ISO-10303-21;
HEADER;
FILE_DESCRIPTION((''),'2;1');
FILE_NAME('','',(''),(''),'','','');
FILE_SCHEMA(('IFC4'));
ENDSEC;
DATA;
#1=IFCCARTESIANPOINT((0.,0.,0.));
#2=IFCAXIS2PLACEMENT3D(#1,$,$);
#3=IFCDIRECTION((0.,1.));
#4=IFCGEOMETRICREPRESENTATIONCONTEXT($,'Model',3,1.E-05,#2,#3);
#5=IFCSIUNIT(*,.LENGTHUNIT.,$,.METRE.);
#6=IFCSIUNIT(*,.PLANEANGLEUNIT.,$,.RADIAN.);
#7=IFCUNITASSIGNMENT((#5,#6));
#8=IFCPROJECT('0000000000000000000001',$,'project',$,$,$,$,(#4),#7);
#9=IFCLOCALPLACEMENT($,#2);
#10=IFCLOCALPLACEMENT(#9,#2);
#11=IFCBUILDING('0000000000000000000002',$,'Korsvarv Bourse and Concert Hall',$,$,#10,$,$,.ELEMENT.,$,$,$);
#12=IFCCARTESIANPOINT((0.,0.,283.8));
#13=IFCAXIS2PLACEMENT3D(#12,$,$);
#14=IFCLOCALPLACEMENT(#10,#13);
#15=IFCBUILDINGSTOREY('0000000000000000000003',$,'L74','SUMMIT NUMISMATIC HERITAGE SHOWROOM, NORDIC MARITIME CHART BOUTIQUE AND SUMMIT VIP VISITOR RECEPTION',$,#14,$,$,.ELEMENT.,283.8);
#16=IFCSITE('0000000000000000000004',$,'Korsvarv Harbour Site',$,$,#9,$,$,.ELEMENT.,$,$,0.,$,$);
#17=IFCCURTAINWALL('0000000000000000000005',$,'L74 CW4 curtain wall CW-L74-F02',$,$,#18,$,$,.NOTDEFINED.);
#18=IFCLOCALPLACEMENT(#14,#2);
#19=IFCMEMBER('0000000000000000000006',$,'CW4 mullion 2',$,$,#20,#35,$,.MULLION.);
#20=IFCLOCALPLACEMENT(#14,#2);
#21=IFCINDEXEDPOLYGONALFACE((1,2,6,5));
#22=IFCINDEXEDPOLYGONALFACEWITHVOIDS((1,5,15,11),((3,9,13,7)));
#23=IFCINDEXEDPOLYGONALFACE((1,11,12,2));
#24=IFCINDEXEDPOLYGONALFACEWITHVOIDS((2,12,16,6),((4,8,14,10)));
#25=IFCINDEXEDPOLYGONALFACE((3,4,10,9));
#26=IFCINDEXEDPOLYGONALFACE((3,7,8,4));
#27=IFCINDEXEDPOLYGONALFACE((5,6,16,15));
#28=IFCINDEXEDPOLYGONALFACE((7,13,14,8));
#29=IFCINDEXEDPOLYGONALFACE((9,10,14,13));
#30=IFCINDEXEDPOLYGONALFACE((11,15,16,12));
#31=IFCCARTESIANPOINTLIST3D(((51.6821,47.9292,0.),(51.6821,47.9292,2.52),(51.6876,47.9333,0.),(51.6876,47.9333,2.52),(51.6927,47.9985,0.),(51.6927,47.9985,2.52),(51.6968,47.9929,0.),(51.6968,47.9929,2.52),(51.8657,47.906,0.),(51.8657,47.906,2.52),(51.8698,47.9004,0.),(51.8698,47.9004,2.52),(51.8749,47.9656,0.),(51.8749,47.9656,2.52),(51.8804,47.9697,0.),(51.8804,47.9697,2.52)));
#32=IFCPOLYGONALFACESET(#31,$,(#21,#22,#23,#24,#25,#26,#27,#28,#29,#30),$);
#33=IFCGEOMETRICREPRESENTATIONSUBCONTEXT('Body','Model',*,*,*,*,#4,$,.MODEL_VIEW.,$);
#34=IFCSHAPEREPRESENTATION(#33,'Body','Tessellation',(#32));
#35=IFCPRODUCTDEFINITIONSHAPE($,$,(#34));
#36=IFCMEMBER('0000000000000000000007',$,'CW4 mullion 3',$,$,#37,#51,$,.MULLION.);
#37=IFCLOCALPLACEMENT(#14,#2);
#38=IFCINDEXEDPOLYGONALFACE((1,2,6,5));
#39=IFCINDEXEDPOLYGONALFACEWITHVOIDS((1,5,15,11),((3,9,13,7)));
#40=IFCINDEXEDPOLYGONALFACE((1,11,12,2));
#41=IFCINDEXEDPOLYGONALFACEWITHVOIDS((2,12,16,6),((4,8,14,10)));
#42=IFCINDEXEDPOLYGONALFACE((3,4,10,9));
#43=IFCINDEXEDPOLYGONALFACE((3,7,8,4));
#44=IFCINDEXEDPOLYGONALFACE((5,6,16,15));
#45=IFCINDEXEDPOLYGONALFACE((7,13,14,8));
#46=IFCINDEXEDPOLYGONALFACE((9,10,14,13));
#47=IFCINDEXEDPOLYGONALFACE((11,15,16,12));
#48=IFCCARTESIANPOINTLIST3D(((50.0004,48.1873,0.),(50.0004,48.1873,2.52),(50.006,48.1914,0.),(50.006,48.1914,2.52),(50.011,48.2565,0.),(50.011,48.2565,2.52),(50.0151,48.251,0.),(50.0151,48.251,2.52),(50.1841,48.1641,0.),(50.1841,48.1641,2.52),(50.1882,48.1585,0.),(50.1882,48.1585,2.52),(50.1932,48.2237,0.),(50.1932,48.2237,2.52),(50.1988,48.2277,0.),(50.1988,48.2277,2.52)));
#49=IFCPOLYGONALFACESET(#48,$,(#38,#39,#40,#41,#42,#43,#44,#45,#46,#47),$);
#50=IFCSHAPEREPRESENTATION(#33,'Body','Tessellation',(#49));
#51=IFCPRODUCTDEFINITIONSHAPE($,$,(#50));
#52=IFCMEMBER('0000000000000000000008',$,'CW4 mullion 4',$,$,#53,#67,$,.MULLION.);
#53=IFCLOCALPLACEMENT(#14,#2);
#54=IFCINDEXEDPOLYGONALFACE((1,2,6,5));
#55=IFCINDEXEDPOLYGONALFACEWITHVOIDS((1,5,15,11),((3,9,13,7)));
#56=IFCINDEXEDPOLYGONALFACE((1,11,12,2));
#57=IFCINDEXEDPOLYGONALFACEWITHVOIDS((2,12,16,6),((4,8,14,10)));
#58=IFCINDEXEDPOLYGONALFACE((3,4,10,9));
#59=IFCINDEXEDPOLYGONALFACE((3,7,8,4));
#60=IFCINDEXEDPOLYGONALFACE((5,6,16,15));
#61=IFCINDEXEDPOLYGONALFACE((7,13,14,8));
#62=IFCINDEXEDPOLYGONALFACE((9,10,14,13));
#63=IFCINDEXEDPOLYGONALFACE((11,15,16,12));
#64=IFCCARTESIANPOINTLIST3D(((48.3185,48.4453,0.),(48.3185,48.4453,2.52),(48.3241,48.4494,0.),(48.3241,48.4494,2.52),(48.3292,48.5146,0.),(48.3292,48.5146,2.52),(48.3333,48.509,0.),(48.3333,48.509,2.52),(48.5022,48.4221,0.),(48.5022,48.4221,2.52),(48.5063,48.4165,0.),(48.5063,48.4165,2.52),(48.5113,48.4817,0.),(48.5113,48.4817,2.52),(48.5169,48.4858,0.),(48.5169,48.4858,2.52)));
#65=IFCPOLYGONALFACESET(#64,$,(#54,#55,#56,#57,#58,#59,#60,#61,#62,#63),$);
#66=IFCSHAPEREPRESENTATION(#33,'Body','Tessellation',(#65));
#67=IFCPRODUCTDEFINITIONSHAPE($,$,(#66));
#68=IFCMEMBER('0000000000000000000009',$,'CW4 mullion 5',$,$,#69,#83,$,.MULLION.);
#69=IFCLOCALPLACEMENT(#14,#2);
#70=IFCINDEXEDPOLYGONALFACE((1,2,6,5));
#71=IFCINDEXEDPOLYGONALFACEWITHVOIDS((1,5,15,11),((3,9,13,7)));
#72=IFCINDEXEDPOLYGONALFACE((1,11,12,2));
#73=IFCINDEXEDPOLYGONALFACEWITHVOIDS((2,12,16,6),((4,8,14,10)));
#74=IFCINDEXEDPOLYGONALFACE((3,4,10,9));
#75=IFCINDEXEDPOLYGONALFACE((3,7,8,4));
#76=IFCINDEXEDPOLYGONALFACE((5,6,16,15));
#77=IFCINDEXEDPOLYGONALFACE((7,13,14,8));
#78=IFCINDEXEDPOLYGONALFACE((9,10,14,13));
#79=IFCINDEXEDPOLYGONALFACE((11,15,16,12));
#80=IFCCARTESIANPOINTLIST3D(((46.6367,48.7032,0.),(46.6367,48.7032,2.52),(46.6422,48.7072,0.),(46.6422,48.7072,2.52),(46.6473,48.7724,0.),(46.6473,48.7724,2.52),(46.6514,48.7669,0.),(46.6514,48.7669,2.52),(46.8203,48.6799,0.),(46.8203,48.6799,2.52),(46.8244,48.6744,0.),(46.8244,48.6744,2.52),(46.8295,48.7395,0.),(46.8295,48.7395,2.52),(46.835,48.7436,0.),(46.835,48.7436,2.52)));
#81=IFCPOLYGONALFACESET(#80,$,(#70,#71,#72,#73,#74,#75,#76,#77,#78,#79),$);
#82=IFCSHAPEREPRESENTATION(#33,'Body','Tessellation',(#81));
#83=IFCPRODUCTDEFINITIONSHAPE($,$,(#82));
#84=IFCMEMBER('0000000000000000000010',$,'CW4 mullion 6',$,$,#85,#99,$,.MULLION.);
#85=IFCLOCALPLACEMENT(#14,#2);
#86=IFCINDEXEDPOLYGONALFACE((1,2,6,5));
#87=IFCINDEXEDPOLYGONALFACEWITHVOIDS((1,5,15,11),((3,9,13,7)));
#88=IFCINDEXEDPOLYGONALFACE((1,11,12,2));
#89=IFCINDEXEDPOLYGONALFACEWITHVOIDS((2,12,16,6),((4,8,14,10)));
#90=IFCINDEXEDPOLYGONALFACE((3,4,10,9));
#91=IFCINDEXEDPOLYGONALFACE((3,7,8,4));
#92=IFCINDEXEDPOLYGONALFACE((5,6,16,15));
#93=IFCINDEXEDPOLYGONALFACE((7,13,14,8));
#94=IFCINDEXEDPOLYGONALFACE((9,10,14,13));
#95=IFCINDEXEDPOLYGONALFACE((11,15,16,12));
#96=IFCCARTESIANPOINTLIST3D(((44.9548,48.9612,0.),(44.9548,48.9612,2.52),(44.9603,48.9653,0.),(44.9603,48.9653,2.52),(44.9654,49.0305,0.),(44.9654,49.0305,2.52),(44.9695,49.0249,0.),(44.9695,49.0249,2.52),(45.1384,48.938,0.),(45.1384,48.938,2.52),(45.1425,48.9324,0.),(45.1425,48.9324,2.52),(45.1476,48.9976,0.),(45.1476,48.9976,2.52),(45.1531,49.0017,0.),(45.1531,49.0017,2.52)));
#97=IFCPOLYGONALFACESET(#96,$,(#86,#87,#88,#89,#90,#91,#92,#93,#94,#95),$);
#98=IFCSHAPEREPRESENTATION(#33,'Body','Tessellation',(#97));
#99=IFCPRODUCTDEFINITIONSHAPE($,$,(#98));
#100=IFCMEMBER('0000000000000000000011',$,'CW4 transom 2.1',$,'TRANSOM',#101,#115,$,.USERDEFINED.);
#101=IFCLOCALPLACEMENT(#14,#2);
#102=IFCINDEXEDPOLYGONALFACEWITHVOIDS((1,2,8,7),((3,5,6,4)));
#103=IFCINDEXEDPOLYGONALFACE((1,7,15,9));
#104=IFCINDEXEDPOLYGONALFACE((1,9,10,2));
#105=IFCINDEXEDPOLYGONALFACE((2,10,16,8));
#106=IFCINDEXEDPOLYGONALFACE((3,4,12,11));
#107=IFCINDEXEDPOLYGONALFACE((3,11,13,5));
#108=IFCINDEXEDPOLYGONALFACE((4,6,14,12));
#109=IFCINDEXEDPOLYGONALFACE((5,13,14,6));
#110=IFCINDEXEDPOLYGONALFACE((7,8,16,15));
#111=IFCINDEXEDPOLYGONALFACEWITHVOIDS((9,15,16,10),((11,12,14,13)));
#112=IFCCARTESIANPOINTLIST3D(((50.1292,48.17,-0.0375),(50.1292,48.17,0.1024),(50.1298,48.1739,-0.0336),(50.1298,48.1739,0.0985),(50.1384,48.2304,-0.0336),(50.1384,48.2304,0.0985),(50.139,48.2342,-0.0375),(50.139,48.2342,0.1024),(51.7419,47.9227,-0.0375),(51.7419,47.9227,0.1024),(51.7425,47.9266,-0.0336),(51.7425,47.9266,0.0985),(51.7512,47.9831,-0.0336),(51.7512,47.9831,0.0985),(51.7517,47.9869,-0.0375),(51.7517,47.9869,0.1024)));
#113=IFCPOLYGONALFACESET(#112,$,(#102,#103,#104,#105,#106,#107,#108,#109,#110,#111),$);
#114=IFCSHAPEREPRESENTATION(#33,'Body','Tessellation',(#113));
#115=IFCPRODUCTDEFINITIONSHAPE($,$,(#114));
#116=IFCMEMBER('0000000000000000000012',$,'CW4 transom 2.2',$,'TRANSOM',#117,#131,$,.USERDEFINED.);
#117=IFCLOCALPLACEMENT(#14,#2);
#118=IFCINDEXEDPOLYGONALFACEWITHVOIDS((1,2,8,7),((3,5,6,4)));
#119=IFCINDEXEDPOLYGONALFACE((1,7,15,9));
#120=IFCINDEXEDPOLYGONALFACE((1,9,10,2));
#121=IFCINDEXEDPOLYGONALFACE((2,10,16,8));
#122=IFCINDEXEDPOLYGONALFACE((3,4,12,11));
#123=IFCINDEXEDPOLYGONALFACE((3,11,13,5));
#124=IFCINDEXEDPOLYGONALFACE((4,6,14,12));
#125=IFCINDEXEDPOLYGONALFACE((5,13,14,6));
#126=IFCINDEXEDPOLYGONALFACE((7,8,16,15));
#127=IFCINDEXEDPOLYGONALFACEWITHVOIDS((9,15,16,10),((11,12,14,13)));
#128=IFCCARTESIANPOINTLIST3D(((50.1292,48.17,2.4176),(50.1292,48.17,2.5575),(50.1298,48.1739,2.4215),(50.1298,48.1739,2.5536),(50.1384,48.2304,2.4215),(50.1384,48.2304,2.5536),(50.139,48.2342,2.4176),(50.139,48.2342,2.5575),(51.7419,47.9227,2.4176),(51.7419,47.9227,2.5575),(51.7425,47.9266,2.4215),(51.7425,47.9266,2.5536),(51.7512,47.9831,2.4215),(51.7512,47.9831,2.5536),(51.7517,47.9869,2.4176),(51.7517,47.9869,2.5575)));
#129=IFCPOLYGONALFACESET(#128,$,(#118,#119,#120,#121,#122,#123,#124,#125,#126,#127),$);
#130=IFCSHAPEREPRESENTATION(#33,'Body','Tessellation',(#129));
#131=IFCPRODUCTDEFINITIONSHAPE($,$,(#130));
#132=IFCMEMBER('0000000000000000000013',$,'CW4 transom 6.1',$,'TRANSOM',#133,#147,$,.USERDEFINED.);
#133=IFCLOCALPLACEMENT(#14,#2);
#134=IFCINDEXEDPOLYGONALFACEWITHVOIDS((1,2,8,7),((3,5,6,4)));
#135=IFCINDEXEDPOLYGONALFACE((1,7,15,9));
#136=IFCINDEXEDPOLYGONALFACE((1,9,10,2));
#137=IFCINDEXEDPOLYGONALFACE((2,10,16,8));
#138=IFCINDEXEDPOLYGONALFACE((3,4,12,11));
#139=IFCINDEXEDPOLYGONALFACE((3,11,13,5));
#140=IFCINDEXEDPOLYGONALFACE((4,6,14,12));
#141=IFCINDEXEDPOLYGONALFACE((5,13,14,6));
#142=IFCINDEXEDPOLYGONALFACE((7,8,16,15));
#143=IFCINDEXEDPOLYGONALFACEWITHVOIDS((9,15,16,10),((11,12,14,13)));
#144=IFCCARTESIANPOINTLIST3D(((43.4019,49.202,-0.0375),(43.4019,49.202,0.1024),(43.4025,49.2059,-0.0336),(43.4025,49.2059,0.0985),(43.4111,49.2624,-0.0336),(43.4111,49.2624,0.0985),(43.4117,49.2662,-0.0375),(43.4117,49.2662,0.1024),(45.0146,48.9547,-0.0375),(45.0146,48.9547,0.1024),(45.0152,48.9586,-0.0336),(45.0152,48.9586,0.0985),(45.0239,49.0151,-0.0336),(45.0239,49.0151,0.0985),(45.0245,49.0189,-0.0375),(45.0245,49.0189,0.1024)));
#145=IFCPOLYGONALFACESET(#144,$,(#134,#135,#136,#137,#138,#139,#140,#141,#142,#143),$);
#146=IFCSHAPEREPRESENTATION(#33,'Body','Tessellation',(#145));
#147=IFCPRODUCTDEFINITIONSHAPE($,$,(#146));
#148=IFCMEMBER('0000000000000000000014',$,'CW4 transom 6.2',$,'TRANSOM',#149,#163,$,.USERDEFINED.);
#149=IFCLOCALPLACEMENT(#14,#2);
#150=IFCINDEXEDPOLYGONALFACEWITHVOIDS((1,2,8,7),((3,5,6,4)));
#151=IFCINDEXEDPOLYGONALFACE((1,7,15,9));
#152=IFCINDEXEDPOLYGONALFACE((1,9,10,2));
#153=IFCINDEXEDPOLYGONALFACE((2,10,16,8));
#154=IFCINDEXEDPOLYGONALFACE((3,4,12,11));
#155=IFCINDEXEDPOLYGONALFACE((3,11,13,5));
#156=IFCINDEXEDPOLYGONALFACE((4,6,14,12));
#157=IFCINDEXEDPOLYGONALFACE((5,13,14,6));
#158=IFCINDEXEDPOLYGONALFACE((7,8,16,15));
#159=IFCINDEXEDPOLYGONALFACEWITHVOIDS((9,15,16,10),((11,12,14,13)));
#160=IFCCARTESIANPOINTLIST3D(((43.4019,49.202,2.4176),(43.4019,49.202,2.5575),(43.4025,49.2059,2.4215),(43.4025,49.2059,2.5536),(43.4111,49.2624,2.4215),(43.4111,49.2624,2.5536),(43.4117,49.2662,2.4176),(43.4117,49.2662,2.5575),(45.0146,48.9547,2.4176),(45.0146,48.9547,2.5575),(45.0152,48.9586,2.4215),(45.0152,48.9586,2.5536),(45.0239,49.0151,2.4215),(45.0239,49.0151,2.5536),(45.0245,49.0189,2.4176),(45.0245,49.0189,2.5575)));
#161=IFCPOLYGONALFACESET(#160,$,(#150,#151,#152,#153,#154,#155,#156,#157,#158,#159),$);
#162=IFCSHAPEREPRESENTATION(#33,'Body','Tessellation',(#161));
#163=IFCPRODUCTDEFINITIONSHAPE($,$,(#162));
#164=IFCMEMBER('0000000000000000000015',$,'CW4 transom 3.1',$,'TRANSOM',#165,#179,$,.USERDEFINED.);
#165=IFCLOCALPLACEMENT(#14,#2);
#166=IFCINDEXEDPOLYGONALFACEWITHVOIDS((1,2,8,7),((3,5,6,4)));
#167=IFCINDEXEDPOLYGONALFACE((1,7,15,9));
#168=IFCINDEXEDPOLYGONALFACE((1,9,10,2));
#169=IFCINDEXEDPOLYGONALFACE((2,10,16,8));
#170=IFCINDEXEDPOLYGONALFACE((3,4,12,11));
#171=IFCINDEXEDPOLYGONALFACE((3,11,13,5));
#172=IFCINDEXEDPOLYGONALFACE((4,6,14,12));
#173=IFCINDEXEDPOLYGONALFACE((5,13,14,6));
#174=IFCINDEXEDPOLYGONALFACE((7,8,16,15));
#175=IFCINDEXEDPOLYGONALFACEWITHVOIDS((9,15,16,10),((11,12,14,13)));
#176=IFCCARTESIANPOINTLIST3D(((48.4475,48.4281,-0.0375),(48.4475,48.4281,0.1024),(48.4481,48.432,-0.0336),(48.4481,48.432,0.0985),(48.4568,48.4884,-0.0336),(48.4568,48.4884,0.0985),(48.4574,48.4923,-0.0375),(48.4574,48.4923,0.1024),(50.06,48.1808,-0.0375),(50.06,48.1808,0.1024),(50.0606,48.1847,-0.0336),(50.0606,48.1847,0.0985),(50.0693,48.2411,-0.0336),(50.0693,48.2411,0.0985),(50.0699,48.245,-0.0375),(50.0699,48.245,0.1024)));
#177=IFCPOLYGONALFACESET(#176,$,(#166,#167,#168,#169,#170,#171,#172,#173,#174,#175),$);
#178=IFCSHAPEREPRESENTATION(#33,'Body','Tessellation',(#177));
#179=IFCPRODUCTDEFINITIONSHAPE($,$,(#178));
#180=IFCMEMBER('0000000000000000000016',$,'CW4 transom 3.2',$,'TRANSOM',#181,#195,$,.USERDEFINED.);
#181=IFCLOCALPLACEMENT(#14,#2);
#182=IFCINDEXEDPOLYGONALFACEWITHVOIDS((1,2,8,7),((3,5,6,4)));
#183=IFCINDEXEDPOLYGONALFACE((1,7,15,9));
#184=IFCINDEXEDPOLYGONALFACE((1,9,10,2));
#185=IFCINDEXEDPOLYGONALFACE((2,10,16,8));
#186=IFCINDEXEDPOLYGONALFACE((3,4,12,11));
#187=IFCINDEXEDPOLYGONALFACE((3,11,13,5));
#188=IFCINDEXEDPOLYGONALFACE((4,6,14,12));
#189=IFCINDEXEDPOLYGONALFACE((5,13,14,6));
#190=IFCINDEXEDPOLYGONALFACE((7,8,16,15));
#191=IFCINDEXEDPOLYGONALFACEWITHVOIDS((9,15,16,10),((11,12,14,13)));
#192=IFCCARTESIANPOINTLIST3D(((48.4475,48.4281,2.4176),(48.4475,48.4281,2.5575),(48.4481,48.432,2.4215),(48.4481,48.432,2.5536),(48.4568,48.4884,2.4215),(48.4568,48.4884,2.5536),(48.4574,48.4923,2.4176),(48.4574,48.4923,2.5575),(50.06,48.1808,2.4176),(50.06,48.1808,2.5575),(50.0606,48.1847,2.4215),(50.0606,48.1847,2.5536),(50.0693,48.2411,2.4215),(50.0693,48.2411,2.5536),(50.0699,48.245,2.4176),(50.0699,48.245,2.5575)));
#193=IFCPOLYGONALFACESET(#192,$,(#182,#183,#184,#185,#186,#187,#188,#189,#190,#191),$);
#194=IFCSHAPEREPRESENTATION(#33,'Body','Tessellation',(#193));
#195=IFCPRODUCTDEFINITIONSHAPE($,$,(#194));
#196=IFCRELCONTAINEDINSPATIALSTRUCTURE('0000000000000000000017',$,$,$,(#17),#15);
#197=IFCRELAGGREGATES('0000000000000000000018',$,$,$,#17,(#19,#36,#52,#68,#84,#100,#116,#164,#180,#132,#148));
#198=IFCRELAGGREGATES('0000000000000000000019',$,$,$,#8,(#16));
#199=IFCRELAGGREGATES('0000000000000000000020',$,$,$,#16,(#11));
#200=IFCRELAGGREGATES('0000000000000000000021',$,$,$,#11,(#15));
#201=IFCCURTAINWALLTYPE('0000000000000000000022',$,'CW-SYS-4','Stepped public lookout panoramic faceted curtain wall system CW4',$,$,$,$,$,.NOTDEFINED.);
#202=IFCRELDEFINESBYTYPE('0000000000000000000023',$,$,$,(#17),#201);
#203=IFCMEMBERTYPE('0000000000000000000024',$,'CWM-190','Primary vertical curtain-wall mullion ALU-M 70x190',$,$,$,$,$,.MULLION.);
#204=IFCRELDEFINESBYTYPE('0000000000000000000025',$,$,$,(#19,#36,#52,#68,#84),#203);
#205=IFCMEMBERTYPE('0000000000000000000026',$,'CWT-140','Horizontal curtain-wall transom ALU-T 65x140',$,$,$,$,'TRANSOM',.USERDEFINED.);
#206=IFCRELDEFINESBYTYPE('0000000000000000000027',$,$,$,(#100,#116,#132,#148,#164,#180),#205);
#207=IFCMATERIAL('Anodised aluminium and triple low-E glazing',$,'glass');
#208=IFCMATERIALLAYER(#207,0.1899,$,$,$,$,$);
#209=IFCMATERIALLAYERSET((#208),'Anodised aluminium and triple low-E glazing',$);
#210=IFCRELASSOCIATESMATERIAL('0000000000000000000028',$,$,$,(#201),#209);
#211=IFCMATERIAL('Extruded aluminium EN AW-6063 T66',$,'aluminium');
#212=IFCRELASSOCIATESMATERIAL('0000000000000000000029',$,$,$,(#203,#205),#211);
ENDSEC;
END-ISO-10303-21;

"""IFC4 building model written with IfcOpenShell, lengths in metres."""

from ifc_helpers import new_model, si_unit, direction, frame, origin, origin_2d, place, context, subcontext, project, spatial, hollow_rectangle, extrude, source, transform, mapped, material, layer, layer_set, material_profile, profile_set, type_object, element, aggregate, save


model = new_model("IFC4")

# Units and contexts
model_context = context("Model", 3, precision=1e-05, world=origin(), true_north=direction((0.0, 1.0)))
body_context = subcontext(model_context, "Body", "Model", "MODEL_VIEW")
ifc_project = project(units=[si_unit("LENGTHUNIT", "METRE"), si_unit("PLANEANGLEUNIT", "RADIAN")], contexts=[model_context])

# Site, building, storey
site_placement = place(None, origin())
site = spatial("IfcSite", under=ifc_project, at=site_placement, Name="Korsvarv Harbour Site", CompositionType="ELEMENT", RefElevation=0.0)
building_placement = place(site_placement, origin())
building = spatial("IfcBuilding", under=site, at=building_placement, Name="Korsvarv Bourse and Concert Hall", CompositionType="ELEMENT")
storey_placement = place(building_placement, frame((0.0, 0.0, 283.8)))
storey = spatial("IfcBuildingStorey", under=building, at=storey_placement, Name="L74", Description="SUMMIT NUMISMATIC HERITAGE SHOWROOM, NORDIC MARITIME CHART BOUTIQUE AND SUMMIT VIP VISITOR RECEPTION", CompositionType="ELEMENT", Elevation=283.8)

# Curtain wall, members
ifc_material_1 = material(Name="Anodised aluminium and triple low-E glazing", Category="glass")
ifc_layer_1 = layer(ifc_material_1, 0.1899)
ifc_layer_set_1 = layer_set([ifc_layer_1], Name="Anodised aluminium and triple low-E glazing")
curtain_wall_type = type_object("IfcCurtainWallType", Name="CW-SYS-4", Description="Stepped public lookout panoramic faceted curtain wall system CW4", PredefinedType="NOTDEFINED", material=ifc_layer_set_1)
curtain_wall_placement = place(storey_placement, origin())
curtain_wall = element("IfcCurtainWall", 1, at=curtain_wall_placement, inside=storey, type_object=curtain_wall_type, Name="L74 CW4 curtain wall CW-L74-F02", PredefinedType="NOTDEFINED")
ifc_material_2 = material(Name="Extruded aluminium EN AW-6063 T66", Category="aluminium")
ifc_material_profile_1 = material_profile(ifc_material_2, hollow_rectangle(XDim=0.0701, YDim=0.1899, WallThickness=0.0049, at=origin_2d()), Name="ALU-M 70x190")
ifc_profile_set_1 = profile_set([ifc_material_profile_1], Name="Extruded aluminium EN AW-6063 T66")
member_type_1 = type_object("IfcMemberType", Name="CWM-190", Description="Primary vertical curtain-wall mullion ALU-M 70x190", PredefinedType="MULLION", material=ifc_profile_set_1)
shared_shape_1 = source(origin(), body_context, "Body", "SweptSolid", [
    extrude(hollow_rectangle(XDim=0.0701, YDim=0.1899, WallThickness=0.0049, at=origin_2d()), origin(), (0.0, 0.0, 1.0), 2.52),
])
member_1_placement = place(storey_placement, frame((51.7812, 47.9495, 0.0), z_axis=(0.0, 0.0, 1.0), x_axis=(-0.151631, -0.988437, 0.0)))
member_1 = element("IfcMember", 2, at=member_1_placement, type_object=member_type_1, Name="CW4 mullion 2", PredefinedType="MULLION", context=body_context, shape_type="MappedRepresentation", body=[
    mapped(shared_shape_1, transform((0.0, 0.0, 0.0), scale=1.0)),
])
member_2_placement = place(storey_placement, frame((50.0996, 48.2075, 0.0), z_axis=(0.0, 0.0, 1.0), x_axis=(-0.151631, -0.988437, 0.0)))
member_2 = element("IfcMember", 3, at=member_2_placement, type_object=member_type_1, Name="CW4 mullion 3", PredefinedType="MULLION", context=body_context, shape_type="MappedRepresentation", body=[
    mapped(shared_shape_1, transform((0.0, 0.0, 0.0), scale=1.0)),
])
member_3_placement = place(storey_placement, frame((48.4177, 48.4656, 0.0), z_axis=(0.0, 0.0, 1.0), x_axis=(-0.151631, -0.988437, 0.0)))
member_3 = element("IfcMember", 4, at=member_3_placement, type_object=member_type_1, Name="CW4 mullion 4", PredefinedType="MULLION", context=body_context, shape_type="MappedRepresentation", body=[
    mapped(shared_shape_1, transform((0.0, 0.0, 0.0), scale=1.0)),
])
member_4_placement = place(storey_placement, frame((46.7358, 48.7234, 0.0), z_axis=(0.0, 0.0, 1.0), x_axis=(-0.151631, -0.988437, 0.0)))
member_4 = element("IfcMember", 5, at=member_4_placement, type_object=member_type_1, Name="CW4 mullion 5", PredefinedType="MULLION", context=body_context, shape_type="MappedRepresentation", body=[
    mapped(shared_shape_1, transform((0.0, 0.0, 0.0), scale=1.0)),
])
member_5_placement = place(storey_placement, frame((45.054, 48.9814, 0.0), z_axis=(0.0, 0.0, 1.0), x_axis=(-0.151631, -0.988437, 0.0)))
member_5 = element("IfcMember", 6, at=member_5_placement, type_object=member_type_1, Name="CW4 mullion 6", PredefinedType="MULLION", context=body_context, shape_type="MappedRepresentation", body=[
    mapped(shared_shape_1, transform((0.0, 0.0, 0.0), scale=1.0)),
])
ifc_material_profile_2 = material_profile(ifc_material_2, hollow_rectangle(XDim=0.0649, YDim=0.1399, WallThickness=0.0039, at=origin_2d()), Name="ALU-T 65x140")
ifc_profile_set_2 = profile_set([ifc_material_profile_2], Name="Extruded aluminium EN AW-6063 T66")
member_type_2 = type_object("IfcMemberType", Name="CWT-140", Description="Horizontal curtain-wall transom ALU-T 65x140", ElementType="TRANSOM", PredefinedType="USERDEFINED", material=ifc_profile_set_2)
shared_shape_2 = source(origin(), body_context, "Body", "SweptSolid", [
    extrude(hollow_rectangle(XDim=0.0649, YDim=0.1399, WallThickness=0.0039, at=origin_2d()), origin(), (0.0, 0.0, 1.0), 1.6316),
])
member_6_placement = place(storey_placement, frame((51.7468, 47.9548, 0.0325), z_axis=(-0.988446, 0.151574, 0.0), x_axis=(-0.151574, -0.988446, 0.0)))
member_6 = element("IfcMember", 7, at=member_6_placement, type_object=member_type_2, Name="CW4 transom 2.1", ObjectType="TRANSOM", PredefinedType="USERDEFINED", context=body_context, shape_type="MappedRepresentation", body=[
    mapped(shared_shape_2, transform((0.0, 0.0, 0.0), scale=1.0)),
])
member_7_placement = place(storey_placement, frame((51.7468, 47.9548, 2.4875), z_axis=(-0.988446, 0.151574, 0.0), x_axis=(-0.151574, -0.988446, 0.0)))
member_7 = element("IfcMember", 8, at=member_7_placement, type_object=member_type_2, Name="CW4 transom 2.2", ObjectType="TRANSOM", PredefinedType="USERDEFINED", context=body_context, shape_type="MappedRepresentation", body=[
    mapped(shared_shape_2, transform((0.0, 0.0, 0.0), scale=1.0)),
])
member_8_placement = place(storey_placement, frame((45.0195, 48.9868, 0.0325), z_axis=(-0.988446, 0.151574, 0.0), x_axis=(-0.151574, -0.988446, 0.0)))
member_8 = element("IfcMember", 9, at=member_8_placement, type_object=member_type_2, Name="CW4 transom 6.1", ObjectType="TRANSOM", PredefinedType="USERDEFINED", context=body_context, shape_type="MappedRepresentation", body=[
    mapped(shared_shape_2, transform((0.0, 0.0, 0.0), scale=1.0)),
])
member_9_placement = place(storey_placement, frame((45.0195, 48.9868, 2.4875), z_axis=(-0.988446, 0.151574, 0.0), x_axis=(-0.151574, -0.988446, 0.0)))
member_9 = element("IfcMember", 10, at=member_9_placement, type_object=member_type_2, Name="CW4 transom 6.2", ObjectType="TRANSOM", PredefinedType="USERDEFINED", context=body_context, shape_type="MappedRepresentation", body=[
    mapped(shared_shape_2, transform((0.0, 0.0, 0.0), scale=1.0)),
])
shared_shape_3 = source(origin(), body_context, "Body", "SweptSolid", [
    extrude(hollow_rectangle(XDim=0.0649, YDim=0.1399, WallThickness=0.0039, at=origin_2d()), origin(), (0.0, 0.0, 1.0), 1.6313),
])
member_10_placement = place(storey_placement, frame((50.0649, 48.2129, 0.0325), z_axis=(-0.988443, 0.151596, 0.0), x_axis=(-0.151596, -0.988443, 0.0)))
member_10 = element("IfcMember", 11, at=member_10_placement, type_object=member_type_2, Name="CW4 transom 3.1", ObjectType="TRANSOM", PredefinedType="USERDEFINED", context=body_context, shape_type="MappedRepresentation", body=[
    mapped(shared_shape_3, transform((0.0, 0.0, 0.0), scale=1.0)),
])
member_11_placement = place(storey_placement, frame((50.0649, 48.2129, 2.4875), z_axis=(-0.988443, 0.151596, 0.0), x_axis=(-0.151596, -0.988443, 0.0)))
member_11 = element("IfcMember", 12, at=member_11_placement, type_object=member_type_2, Name="CW4 transom 3.2", ObjectType="TRANSOM", PredefinedType="USERDEFINED", context=body_context, shape_type="MappedRepresentation", body=[
    mapped(shared_shape_3, transform((0.0, 0.0, 0.0), scale=1.0)),
])
aggregate(curtain_wall, [member_1, member_2, member_3, member_4, member_5, member_6, member_7, member_10, member_11, member_8, member_9])

save(model, "model.ifc")
